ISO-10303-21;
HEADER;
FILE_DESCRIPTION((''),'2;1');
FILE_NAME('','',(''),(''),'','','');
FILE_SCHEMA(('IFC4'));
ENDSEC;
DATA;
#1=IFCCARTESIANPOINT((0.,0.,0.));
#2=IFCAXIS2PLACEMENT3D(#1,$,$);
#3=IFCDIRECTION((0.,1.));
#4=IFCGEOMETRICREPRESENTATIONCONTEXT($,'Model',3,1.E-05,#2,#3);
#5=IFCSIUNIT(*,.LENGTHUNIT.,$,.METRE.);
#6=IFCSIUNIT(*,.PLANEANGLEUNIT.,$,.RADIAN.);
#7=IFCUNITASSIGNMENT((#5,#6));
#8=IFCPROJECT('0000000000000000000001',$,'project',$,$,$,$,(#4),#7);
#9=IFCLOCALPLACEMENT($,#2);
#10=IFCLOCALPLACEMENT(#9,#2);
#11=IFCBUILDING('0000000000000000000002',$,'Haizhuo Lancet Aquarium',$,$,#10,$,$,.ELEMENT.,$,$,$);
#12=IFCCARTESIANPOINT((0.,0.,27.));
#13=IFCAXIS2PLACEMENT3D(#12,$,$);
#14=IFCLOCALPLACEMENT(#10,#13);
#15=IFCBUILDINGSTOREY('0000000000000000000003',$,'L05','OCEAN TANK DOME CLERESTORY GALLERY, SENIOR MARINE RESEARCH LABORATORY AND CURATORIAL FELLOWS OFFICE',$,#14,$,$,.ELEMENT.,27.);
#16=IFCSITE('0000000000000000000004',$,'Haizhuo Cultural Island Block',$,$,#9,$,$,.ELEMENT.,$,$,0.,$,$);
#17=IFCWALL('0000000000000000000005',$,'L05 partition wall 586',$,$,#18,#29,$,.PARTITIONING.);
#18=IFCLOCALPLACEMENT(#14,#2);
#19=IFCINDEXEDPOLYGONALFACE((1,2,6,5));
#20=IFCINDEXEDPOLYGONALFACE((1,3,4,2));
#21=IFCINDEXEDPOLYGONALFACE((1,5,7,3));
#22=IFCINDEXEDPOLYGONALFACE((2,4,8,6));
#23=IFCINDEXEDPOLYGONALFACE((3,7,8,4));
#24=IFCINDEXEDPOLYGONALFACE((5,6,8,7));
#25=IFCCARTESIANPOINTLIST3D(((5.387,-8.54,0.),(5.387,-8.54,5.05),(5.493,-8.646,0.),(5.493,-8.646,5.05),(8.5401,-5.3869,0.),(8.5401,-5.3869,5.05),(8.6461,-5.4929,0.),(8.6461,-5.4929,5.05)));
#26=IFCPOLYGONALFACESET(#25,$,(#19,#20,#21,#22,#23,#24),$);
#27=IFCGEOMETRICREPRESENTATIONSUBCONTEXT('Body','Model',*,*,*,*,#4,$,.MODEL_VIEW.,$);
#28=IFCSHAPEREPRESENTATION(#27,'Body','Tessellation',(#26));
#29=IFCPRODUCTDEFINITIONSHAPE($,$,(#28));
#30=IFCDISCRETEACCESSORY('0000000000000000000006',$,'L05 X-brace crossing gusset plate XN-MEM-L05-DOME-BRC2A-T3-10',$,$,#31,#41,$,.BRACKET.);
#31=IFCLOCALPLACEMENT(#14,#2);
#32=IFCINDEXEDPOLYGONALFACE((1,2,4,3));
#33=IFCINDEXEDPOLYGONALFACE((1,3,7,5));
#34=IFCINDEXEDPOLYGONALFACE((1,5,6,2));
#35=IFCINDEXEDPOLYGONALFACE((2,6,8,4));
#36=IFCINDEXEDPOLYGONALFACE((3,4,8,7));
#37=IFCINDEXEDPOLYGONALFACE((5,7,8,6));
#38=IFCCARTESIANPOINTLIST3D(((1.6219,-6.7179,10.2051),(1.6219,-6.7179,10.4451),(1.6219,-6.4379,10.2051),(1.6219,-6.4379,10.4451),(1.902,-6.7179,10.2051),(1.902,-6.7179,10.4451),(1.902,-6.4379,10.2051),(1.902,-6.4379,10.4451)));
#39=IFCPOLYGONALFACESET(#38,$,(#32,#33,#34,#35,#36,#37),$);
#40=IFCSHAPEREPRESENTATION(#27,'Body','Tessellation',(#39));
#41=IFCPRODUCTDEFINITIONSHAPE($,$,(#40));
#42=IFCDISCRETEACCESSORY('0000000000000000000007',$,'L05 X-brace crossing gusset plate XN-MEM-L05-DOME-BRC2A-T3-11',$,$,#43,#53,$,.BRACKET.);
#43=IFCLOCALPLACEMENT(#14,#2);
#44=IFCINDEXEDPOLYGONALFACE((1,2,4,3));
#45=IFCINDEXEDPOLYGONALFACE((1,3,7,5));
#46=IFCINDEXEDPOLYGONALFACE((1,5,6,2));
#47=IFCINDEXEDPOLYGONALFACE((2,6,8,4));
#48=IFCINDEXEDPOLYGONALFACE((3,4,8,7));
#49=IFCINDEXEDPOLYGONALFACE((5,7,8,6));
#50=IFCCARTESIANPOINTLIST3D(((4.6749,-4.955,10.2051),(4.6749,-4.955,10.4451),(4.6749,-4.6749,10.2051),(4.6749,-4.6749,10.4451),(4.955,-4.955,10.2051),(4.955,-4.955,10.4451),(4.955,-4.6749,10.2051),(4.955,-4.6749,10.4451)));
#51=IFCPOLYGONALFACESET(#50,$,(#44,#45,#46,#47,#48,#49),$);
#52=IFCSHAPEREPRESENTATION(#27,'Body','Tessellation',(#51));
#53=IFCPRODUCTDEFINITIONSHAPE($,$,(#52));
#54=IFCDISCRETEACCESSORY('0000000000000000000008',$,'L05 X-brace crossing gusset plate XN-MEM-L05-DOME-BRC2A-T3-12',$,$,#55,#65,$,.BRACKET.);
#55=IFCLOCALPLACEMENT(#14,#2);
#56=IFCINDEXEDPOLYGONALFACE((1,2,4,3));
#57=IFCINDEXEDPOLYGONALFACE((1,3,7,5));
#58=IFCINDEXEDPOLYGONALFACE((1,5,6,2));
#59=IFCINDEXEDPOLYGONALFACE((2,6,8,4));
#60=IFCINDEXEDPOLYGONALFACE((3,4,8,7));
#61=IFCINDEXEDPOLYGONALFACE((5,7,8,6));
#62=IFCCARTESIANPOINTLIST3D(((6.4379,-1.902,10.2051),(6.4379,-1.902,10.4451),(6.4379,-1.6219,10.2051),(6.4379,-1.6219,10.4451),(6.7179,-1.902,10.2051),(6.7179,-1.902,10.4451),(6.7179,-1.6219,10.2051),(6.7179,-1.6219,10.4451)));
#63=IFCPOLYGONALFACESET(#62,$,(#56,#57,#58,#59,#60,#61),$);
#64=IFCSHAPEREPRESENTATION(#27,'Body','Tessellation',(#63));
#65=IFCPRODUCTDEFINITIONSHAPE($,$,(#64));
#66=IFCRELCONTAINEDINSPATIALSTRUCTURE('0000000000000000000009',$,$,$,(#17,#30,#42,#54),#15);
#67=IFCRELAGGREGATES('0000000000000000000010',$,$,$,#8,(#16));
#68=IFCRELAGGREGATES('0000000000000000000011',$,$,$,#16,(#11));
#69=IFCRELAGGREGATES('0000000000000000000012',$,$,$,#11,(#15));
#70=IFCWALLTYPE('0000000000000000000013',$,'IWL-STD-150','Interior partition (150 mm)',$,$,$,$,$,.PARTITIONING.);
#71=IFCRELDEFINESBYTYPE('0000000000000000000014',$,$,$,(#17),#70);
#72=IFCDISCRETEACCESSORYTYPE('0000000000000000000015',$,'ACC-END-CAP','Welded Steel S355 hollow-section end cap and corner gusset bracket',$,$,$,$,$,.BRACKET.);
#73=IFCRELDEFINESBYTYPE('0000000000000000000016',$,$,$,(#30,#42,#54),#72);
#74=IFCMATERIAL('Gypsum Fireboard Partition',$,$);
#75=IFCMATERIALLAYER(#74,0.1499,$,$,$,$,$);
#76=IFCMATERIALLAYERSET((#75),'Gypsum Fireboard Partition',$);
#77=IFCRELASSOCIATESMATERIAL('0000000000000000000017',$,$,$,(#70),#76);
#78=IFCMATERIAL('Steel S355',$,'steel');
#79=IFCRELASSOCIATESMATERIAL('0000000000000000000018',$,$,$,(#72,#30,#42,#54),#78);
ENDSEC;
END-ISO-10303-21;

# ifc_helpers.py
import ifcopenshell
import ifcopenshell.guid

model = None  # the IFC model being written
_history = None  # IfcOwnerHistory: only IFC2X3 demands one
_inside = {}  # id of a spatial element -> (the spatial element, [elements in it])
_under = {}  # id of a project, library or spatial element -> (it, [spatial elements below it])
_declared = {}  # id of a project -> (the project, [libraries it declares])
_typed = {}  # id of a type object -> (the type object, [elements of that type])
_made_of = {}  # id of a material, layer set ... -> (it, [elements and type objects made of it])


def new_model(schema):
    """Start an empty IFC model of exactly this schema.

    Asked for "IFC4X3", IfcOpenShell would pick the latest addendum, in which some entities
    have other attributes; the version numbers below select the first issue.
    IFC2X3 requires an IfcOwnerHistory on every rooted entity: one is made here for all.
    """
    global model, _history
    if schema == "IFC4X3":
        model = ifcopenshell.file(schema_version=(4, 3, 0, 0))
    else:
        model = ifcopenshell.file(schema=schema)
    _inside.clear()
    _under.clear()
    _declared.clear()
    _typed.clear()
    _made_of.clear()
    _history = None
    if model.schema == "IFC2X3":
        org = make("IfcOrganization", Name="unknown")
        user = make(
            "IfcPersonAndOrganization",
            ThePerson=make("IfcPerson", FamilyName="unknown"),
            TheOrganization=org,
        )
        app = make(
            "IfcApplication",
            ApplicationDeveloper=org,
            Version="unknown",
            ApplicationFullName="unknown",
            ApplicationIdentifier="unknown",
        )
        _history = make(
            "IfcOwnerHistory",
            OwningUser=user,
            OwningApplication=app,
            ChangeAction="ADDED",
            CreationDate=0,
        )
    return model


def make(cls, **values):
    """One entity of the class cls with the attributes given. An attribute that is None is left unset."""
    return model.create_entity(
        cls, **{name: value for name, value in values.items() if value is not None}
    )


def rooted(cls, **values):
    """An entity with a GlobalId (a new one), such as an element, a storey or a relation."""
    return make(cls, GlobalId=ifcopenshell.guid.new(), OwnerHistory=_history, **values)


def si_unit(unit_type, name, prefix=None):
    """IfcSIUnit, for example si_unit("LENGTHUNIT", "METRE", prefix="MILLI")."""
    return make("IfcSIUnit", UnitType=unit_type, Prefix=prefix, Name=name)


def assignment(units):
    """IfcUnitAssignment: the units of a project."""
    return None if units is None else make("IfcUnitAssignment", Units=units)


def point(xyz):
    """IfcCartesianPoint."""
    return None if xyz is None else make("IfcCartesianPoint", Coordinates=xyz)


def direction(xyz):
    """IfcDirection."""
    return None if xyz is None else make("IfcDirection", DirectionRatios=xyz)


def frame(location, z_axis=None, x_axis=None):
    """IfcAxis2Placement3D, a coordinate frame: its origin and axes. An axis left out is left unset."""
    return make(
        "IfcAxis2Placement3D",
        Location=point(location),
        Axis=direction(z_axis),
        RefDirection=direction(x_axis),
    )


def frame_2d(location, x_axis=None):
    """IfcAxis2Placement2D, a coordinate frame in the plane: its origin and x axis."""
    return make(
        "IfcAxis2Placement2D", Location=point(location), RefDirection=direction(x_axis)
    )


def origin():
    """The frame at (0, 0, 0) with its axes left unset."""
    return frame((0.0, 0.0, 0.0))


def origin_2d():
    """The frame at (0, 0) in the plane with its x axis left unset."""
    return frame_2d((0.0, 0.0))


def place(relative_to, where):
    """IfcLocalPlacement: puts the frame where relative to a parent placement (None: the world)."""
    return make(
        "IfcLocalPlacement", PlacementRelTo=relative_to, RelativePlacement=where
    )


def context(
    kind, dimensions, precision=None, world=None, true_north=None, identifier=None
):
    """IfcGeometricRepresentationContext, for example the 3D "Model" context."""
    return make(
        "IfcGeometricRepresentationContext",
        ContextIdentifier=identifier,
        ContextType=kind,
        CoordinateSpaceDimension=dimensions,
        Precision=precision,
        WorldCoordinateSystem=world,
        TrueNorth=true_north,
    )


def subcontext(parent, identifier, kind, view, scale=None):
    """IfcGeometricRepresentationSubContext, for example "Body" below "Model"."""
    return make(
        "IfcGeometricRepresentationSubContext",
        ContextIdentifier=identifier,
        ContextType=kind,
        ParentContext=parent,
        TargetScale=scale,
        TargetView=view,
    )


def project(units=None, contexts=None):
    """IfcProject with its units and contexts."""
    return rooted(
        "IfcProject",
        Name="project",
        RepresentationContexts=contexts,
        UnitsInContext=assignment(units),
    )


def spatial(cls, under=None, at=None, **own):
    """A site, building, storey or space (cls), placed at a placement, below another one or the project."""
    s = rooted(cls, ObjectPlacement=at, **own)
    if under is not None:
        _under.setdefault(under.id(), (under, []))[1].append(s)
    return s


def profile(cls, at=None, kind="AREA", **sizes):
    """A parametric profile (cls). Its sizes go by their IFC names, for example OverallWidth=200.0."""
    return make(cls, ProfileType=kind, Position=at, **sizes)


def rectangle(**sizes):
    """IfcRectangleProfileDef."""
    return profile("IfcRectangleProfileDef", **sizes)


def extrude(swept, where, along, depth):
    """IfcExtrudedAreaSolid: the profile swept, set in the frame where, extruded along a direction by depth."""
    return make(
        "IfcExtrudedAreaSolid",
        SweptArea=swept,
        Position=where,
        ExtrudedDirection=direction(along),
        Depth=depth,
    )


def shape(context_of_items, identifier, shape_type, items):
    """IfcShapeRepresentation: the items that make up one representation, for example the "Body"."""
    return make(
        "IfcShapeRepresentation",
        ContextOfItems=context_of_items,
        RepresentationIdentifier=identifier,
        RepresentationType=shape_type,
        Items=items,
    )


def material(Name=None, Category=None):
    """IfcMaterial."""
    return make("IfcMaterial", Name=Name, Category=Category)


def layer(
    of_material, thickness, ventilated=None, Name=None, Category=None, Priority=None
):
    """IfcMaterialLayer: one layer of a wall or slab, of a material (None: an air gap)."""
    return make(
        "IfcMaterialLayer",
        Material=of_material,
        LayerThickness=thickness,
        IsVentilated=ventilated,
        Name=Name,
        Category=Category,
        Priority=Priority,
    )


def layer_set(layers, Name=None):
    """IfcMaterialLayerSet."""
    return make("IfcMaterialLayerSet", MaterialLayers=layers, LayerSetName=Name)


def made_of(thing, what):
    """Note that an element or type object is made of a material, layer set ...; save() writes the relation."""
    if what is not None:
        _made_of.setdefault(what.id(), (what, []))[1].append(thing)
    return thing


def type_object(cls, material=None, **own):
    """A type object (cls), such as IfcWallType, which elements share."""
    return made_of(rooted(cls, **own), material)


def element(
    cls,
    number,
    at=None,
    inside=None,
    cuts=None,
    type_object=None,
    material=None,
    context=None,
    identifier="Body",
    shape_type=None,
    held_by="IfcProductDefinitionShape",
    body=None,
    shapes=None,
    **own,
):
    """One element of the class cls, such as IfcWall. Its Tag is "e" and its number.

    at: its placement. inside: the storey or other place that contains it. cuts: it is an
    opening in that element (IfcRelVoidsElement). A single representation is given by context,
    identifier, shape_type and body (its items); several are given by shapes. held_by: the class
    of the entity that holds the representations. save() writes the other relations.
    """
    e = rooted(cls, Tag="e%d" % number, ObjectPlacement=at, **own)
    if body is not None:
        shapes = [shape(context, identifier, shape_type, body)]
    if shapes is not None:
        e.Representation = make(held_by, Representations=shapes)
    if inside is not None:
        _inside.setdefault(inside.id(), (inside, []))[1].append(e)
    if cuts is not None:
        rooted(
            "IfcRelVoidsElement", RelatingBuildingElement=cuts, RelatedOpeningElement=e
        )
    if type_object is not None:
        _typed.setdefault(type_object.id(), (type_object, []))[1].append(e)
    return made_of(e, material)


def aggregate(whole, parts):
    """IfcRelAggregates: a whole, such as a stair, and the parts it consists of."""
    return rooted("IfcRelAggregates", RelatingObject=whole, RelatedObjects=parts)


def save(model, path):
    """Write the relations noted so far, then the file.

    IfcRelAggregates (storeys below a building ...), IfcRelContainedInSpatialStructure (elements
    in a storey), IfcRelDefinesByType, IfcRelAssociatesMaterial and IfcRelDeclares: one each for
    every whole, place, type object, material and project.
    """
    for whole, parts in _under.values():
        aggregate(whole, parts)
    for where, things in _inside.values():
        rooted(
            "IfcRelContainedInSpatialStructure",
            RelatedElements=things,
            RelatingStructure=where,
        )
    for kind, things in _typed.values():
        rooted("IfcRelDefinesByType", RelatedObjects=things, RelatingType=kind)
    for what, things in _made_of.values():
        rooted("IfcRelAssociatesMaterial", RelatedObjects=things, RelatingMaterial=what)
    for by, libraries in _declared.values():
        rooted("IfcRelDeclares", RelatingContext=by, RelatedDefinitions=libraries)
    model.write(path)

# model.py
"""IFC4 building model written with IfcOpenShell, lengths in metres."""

from ifc_helpers import new_model, si_unit, direction, frame, frame_2d, origin, origin_2d, place, context, subcontext, project, spatial, rectangle, extrude, material, layer, layer_set, type_object, element, save


model = new_model("IFC4")

# Units and contexts
model_context = context("Model", 3, precision=1e-05, world=origin(), true_north=direction((0.0, 1.0)))
body_context = subcontext(model_context, "Body", "Model", "MODEL_VIEW")
ifc_project = project(units=[si_unit("LENGTHUNIT", "METRE"), si_unit("PLANEANGLEUNIT", "RADIAN")], contexts=[model_context])

# Site, building, storey
site_placement = place(None, origin())
site = spatial("IfcSite", under=ifc_project, at=site_placement, Name="Haizhuo Cultural Island Block", CompositionType="ELEMENT", RefElevation=0.0)
building_placement = place(site_placement, origin())
building = spatial("IfcBuilding", under=site, at=building_placement, Name="Haizhuo Lancet Aquarium", CompositionType="ELEMENT")
storey_placement = place(building_placement, frame((0.0, 0.0, 27.0)))
storey = spatial("IfcBuildingStorey", under=building, at=storey_placement, Name="L05", Description="OCEAN TANK DOME CLERESTORY GALLERY, SENIOR MARINE RESEARCH LABORATORY AND CURATORIAL FELLOWS OFFICE", CompositionType="ELEMENT", Elevation=27.0)

# Shared definitions
ifc_material_1 = material(Name="Steel S355", Category="steel")

# Wall
ifc_material_2 = material(Name="Gypsum Fireboard Partition")
ifc_layer_1 = layer(ifc_material_2, 0.1499)
ifc_layer_set_1 = layer_set([ifc_layer_1], Name="Gypsum Fireboard Partition")
wall_type = type_object("IfcWallType", Name="IWL-STD-150", Description="Interior partition (150 mm)", PredefinedType="PARTITIONING", material=ifc_layer_set_1)
wall_placement = place(storey_placement, frame((8.593, -5.4399, 0.0), z_axis=(0.0, 0.0, 1.0), x_axis=(-0.707107, -0.707107, 0.0)))
element("IfcWall", 1, at=wall_placement, inside=storey, type_object=wall_type, Name="L05 partition wall 586", PredefinedType="PARTITIONING", context=body_context, shape_type="SweptSolid", body=[
    extrude(rectangle(XDim=4.4592, YDim=0.1499, at=frame_2d((2.2295, 0.0))), origin(), (0.0, 0.0, 1.0), 5.05),
])

# Discrete accessories
discrete_accessory_type = type_object("IfcDiscreteAccessoryType", Name="ACC-END-CAP", Description="Welded Steel S355 hollow-section end cap and corner gusset bracket", PredefinedType="BRACKET", material=ifc_material_1)
for number, where, z_axis, x_axis, name in (
    (2, (1.762, -6.5779, 10.2051), (0.0, 0.0, 1.0), (1.0, 0.0, 0.0), "L05 X-brace crossing gusset plate XN-MEM-L05-DOME-BRC2A-T3-10"),
    (3, (4.8149, -4.8149, 10.2051), (0.0, 0.0, 1.0), (1.0, 0.0, 0.0), "L05 X-brace crossing gusset plate XN-MEM-L05-DOME-BRC2A-T3-11"),
    (4, (6.5779, -1.762, 10.2051), (0.0, 0.0, 1.0), (1.0, 0.0, 0.0), "L05 X-brace crossing gusset plate XN-MEM-L05-DOME-BRC2A-T3-12"),
):
    element("IfcDiscreteAccessory", number, at=place(storey_placement, frame(where, z_axis=z_axis, x_axis=x_axis)), inside=storey, type_object=discrete_accessory_type, material=ifc_material_1, Name=name, PredefinedType="BRACKET", context=body_context, shape_type="SweptSolid", body=[
        extrude(rectangle(XDim=0.28, YDim=0.28, at=origin_2d()), origin(), (0.0, 0.0, 1.0), 0.24),
    ])

save(model, "model.ifc")
